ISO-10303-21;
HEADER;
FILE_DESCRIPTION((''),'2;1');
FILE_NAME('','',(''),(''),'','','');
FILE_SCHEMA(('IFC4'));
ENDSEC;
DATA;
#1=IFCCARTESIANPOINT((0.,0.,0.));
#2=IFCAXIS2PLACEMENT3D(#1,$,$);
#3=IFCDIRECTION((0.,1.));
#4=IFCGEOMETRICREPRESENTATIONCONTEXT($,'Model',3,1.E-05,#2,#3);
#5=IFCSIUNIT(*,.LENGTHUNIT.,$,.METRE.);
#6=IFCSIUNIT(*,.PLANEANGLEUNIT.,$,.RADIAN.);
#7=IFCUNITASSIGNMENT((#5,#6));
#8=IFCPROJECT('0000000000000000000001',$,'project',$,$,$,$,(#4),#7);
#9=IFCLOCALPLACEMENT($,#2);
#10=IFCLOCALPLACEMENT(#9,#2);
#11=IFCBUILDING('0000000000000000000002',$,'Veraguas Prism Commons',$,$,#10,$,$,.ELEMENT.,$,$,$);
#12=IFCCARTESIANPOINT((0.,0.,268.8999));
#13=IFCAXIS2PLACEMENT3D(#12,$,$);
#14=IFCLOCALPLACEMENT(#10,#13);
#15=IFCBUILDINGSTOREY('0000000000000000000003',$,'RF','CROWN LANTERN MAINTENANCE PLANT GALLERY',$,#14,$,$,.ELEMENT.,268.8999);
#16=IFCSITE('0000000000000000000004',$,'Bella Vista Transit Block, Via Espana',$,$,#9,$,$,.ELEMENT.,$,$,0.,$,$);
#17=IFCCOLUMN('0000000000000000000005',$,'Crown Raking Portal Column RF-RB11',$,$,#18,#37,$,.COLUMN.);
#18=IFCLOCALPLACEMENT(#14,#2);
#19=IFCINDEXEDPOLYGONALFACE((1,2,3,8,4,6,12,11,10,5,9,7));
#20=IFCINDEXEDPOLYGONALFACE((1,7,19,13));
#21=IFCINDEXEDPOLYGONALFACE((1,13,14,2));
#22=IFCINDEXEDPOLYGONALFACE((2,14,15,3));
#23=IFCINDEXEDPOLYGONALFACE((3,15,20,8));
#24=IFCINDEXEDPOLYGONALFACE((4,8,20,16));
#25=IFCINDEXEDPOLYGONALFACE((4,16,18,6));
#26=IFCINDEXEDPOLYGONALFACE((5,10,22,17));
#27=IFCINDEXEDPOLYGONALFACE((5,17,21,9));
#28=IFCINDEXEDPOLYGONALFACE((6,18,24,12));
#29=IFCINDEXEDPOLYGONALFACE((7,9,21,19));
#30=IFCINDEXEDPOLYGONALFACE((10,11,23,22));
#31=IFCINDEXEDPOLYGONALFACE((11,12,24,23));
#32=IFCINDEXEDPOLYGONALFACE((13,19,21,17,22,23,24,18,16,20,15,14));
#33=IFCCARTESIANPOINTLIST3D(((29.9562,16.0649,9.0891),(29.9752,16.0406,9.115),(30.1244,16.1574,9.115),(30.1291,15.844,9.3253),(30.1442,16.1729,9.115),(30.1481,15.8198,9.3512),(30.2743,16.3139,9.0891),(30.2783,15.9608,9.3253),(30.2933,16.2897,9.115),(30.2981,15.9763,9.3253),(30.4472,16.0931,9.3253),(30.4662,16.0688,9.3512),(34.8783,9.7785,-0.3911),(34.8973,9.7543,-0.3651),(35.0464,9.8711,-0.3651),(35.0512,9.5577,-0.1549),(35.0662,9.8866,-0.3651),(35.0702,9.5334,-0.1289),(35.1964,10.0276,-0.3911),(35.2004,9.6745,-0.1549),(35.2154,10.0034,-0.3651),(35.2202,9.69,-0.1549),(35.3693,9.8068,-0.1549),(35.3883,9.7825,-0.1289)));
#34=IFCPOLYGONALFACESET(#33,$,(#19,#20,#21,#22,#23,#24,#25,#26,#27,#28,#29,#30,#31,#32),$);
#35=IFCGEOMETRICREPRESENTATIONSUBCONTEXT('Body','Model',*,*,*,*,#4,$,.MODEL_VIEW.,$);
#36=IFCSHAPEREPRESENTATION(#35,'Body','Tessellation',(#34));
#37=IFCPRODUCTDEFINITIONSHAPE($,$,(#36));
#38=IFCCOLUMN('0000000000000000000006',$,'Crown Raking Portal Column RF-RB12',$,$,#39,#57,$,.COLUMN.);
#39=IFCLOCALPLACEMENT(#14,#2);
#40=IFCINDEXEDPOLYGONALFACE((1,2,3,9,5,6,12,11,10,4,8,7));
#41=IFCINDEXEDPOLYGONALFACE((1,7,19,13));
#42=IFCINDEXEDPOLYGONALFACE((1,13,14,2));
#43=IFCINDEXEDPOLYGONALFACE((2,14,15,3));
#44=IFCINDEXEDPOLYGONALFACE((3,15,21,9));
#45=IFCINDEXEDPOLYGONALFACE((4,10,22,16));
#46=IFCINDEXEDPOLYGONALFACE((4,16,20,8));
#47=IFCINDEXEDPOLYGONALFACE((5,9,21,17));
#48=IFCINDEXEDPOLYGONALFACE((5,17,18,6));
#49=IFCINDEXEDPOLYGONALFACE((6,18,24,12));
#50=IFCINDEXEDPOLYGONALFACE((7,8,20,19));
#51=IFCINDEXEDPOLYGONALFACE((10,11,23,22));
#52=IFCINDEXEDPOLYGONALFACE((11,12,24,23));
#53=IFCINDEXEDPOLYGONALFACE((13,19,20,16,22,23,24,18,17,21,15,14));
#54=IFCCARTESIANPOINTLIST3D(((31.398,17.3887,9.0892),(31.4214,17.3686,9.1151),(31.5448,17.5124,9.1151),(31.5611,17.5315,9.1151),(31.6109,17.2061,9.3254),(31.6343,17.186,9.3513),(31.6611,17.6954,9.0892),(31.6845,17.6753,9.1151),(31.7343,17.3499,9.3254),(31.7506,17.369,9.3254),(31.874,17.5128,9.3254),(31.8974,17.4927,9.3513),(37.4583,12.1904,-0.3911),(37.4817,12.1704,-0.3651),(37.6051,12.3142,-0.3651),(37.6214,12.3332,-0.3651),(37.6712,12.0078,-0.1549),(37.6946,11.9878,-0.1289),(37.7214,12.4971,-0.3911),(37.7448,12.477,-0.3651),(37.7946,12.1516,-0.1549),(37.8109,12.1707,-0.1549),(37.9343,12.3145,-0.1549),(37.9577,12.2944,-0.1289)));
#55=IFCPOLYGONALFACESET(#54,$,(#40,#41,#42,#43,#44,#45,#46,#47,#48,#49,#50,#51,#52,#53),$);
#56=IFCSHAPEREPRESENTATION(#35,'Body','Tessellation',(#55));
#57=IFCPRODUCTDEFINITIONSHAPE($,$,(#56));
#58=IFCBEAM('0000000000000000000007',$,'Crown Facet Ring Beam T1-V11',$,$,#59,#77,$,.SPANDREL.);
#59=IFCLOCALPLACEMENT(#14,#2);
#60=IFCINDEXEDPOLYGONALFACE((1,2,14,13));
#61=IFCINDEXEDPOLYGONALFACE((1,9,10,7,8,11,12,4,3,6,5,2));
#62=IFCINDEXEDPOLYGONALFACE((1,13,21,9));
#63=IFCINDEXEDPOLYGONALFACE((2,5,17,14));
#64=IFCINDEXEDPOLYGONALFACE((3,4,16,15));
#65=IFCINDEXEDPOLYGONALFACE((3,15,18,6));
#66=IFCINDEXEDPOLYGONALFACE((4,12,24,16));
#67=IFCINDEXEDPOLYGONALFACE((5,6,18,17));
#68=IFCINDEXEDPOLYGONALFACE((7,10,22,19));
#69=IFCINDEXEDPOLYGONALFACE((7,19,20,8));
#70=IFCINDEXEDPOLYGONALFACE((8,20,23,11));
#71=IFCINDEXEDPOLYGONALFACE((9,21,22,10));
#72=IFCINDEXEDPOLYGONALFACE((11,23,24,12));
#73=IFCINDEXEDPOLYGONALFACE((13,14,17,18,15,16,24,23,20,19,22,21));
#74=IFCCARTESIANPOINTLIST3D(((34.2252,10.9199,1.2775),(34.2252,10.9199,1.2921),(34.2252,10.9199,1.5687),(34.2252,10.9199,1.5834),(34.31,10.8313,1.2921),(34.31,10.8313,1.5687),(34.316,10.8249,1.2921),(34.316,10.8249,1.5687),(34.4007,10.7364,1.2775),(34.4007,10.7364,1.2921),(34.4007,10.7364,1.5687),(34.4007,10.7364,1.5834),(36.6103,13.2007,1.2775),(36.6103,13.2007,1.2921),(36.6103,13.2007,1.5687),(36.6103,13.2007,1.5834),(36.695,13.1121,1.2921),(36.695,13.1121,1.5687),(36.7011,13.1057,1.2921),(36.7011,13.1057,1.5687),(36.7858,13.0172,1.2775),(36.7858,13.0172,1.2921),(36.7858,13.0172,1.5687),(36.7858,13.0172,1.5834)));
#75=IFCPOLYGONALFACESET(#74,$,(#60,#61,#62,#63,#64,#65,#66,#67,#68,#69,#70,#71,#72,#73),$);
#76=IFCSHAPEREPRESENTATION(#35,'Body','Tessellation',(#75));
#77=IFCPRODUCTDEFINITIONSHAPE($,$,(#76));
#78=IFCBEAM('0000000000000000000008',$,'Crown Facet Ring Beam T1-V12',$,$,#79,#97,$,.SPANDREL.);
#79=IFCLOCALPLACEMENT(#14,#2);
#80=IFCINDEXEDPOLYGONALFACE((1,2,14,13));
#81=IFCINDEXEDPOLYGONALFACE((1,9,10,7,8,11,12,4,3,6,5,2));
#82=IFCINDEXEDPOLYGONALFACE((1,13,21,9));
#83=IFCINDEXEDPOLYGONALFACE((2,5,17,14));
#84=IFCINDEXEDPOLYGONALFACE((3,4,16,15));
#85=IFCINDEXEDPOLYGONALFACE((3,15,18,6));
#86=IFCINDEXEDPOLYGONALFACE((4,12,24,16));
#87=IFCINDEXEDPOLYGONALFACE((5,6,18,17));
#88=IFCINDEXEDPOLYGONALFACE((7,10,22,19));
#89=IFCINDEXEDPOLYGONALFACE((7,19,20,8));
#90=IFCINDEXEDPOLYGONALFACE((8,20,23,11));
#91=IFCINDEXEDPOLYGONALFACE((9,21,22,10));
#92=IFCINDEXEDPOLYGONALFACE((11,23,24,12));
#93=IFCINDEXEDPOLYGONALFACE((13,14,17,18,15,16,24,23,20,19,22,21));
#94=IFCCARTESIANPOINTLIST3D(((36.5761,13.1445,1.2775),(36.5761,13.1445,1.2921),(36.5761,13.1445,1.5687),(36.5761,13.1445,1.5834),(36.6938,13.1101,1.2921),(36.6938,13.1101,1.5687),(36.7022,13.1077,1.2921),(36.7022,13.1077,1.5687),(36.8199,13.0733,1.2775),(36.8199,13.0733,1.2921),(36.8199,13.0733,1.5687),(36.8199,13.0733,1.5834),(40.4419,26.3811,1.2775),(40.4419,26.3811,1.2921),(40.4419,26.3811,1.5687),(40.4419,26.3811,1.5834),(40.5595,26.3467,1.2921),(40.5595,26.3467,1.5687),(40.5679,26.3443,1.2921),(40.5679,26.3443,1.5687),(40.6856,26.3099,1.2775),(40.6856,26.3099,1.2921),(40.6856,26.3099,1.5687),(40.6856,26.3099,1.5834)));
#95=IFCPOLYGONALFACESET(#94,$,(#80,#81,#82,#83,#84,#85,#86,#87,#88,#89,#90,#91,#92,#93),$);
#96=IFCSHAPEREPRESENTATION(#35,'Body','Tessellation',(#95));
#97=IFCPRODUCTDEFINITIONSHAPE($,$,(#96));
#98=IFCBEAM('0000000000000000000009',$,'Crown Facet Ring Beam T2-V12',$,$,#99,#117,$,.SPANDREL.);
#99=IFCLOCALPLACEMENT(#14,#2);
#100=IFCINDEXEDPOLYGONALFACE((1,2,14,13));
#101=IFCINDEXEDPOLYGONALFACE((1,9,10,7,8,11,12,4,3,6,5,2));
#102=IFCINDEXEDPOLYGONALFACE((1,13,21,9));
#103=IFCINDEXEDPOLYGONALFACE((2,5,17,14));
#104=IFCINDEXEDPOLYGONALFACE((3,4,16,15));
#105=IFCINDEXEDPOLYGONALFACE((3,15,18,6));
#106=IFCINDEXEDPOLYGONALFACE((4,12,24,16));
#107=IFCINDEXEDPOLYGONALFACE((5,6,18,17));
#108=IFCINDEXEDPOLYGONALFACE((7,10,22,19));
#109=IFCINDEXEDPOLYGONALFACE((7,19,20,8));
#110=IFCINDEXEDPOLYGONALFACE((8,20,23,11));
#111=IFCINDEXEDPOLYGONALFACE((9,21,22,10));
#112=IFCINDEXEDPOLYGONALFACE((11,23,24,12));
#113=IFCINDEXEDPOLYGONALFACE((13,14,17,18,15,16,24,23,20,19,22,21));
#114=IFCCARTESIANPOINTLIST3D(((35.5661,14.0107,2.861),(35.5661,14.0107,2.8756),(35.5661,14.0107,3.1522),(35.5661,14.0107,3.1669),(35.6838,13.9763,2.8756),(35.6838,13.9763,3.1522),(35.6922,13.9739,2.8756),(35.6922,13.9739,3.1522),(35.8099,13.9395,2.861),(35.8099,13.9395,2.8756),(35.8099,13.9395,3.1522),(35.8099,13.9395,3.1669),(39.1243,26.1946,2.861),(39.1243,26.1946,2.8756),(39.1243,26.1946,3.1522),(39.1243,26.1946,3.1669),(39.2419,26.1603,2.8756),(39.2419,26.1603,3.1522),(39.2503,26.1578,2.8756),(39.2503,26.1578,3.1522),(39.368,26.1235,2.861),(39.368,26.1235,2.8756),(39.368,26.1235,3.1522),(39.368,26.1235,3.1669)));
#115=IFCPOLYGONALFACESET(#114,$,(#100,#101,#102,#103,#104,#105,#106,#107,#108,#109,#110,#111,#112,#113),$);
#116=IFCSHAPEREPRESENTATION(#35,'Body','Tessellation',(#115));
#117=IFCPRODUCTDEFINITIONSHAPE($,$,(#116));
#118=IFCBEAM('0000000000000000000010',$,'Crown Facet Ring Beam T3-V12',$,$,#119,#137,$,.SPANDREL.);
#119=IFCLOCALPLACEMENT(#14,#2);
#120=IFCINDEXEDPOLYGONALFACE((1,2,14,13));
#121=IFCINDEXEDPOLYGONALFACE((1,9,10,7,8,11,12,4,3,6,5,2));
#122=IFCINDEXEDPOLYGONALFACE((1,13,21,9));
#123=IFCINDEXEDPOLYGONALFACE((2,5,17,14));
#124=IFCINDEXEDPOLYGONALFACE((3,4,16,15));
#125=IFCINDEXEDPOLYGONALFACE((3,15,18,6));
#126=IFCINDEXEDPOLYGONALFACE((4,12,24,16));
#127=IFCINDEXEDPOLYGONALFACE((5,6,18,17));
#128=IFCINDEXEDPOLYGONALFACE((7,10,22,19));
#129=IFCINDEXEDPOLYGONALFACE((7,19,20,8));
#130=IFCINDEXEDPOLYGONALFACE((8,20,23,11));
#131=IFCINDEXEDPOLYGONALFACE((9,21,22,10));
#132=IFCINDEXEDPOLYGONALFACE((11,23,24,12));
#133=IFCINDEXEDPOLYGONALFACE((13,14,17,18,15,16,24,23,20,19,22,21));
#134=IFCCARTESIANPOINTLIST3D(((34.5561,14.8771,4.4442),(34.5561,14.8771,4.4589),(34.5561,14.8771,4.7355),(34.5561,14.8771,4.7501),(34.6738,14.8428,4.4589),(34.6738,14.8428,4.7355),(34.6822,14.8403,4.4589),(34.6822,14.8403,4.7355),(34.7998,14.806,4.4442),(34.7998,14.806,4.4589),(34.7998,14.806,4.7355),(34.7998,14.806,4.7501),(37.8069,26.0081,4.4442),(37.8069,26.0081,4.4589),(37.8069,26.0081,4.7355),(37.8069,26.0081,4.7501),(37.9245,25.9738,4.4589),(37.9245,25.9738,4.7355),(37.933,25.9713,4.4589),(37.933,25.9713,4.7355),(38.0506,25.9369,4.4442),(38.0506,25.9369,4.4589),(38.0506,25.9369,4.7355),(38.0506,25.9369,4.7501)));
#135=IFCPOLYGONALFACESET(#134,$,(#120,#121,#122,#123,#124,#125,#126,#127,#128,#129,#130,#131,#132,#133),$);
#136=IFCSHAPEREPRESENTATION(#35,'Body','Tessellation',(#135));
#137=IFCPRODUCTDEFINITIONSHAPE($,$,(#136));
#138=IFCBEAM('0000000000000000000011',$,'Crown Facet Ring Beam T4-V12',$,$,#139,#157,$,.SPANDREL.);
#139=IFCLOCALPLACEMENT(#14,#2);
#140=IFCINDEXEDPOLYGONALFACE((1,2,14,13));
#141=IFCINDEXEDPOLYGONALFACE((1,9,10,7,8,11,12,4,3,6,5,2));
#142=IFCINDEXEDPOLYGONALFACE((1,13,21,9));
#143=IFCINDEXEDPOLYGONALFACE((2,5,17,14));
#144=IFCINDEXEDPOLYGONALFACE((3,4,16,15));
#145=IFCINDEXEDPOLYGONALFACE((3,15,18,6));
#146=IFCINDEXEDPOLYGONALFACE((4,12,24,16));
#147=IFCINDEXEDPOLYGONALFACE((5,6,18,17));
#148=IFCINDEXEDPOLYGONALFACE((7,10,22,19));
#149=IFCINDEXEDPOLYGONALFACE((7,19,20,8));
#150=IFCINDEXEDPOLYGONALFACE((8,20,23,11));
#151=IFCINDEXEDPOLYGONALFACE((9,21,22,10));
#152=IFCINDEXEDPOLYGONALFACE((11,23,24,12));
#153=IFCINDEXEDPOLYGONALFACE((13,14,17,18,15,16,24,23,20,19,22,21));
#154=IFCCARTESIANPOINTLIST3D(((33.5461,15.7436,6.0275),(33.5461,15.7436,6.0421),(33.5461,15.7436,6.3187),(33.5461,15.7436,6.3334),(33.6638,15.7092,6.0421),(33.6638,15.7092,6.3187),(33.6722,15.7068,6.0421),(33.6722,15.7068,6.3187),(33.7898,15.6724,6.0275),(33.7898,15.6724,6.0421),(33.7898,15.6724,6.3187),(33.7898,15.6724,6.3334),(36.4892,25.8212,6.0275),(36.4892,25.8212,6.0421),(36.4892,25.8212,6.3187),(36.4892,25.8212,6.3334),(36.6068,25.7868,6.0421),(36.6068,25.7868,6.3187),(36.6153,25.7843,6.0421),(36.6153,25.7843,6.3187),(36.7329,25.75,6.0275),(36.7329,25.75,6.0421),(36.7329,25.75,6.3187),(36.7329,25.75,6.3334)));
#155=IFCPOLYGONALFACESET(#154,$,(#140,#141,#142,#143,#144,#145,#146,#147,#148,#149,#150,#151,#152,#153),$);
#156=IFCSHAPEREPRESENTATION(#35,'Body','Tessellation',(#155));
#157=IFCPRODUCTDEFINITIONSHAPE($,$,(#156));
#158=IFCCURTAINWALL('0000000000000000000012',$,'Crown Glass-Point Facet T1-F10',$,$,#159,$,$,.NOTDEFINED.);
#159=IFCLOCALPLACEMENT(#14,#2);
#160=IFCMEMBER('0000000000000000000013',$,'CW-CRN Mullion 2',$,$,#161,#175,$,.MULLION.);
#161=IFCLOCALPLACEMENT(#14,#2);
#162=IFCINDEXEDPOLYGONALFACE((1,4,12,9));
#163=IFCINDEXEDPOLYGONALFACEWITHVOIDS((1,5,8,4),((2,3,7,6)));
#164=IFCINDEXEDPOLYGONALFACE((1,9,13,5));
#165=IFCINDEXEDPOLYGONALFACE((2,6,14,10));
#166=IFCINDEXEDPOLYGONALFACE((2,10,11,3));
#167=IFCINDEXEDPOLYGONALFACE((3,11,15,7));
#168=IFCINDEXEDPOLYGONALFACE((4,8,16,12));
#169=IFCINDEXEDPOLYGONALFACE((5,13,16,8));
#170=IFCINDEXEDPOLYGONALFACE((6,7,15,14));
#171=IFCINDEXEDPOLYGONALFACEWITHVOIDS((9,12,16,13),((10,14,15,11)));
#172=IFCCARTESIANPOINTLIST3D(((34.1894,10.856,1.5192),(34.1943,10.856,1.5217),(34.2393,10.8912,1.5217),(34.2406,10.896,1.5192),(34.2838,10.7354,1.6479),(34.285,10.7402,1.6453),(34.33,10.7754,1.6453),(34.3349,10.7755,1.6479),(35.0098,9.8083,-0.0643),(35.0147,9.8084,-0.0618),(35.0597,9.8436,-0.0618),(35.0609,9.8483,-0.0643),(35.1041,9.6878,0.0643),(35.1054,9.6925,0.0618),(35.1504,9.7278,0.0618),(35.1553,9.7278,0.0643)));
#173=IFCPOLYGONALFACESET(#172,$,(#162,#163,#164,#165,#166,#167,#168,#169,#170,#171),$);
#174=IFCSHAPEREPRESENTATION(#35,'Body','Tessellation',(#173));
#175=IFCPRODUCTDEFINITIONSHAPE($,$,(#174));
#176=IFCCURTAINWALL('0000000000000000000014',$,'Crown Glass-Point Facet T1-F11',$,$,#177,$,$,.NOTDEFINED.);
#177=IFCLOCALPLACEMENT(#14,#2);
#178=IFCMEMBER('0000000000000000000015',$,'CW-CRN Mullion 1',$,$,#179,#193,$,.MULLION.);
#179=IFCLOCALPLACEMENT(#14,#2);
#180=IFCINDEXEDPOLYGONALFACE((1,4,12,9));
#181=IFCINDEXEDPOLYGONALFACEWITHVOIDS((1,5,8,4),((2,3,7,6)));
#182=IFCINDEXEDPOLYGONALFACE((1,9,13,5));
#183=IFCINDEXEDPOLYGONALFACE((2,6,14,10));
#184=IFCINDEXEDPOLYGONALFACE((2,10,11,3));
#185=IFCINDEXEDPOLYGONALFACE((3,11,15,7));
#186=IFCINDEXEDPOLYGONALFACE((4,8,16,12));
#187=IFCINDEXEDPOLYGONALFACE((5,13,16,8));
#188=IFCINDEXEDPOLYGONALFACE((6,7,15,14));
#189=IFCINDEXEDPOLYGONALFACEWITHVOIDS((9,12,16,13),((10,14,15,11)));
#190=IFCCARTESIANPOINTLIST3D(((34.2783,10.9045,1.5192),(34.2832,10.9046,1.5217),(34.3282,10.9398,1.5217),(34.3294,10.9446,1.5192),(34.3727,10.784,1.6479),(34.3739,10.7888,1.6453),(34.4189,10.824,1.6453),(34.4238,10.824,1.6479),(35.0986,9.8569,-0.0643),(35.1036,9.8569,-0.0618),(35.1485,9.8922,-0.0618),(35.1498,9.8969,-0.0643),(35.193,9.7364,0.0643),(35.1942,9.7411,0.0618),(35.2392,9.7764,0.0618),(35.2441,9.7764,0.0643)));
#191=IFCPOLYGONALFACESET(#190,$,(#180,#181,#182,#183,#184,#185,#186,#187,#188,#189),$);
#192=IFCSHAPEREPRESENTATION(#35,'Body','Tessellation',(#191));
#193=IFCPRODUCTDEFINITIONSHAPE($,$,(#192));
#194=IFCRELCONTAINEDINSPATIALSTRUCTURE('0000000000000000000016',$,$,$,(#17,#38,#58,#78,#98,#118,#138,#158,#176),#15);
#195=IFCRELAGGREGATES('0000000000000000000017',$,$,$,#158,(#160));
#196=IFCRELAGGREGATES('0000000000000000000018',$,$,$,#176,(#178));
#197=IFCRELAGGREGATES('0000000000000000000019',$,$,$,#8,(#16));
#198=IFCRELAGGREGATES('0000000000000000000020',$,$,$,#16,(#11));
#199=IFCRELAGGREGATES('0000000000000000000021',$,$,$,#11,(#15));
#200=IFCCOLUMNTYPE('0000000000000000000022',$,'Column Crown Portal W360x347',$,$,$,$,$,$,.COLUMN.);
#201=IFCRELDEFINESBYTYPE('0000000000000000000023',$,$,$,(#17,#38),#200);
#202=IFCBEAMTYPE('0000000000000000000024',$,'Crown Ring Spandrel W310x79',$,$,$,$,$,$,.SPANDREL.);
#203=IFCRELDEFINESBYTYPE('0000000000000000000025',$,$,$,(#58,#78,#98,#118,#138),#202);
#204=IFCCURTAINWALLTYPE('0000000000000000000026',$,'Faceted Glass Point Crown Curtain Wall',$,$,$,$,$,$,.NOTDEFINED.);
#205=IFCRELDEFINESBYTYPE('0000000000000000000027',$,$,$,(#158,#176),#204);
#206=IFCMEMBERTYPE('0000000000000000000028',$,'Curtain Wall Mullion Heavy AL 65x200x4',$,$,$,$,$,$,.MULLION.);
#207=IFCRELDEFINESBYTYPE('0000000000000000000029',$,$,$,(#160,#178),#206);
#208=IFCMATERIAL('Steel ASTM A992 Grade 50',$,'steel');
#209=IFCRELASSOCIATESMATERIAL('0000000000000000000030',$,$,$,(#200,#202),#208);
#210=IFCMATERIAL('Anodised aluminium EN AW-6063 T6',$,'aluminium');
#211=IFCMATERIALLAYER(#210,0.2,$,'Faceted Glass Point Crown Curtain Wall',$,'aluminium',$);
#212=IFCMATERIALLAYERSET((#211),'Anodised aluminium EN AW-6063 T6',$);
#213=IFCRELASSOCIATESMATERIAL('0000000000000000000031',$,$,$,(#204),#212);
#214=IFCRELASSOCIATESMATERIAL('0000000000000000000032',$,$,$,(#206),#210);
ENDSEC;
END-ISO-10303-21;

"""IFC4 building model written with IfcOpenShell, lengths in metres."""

from ifc_helpers import new_model, si_unit, direction, frame, origin, origin_2d, place, context, subcontext, project, spatial, hollow_rectangle, i_section, extrude, source, transform, mapped, material, layer, layer_set, material_profile, profile_set, type_object, element, aggregate, save


model = new_model("IFC4")

# Units and contexts
model_context = context("Model", 3, precision=1e-05, world=origin(), true_north=direction((0.0, 1.0)))
body_context = subcontext(model_context, "Body", "Model", "MODEL_VIEW")
ifc_project = project(units=[si_unit("LENGTHUNIT", "METRE"), si_unit("PLANEANGLEUNIT", "RADIAN")], contexts=[model_context])

# Site, building, storey
site_placement = place(None, origin())
site = spatial("IfcSite", under=ifc_project, at=site_placement, Name="Bella Vista Transit Block, Via Espana", CompositionType="ELEMENT", RefElevation=0.0)
building_placement = place(site_placement, origin())
building = spatial("IfcBuilding", under=site, at=building_placement, Name="Veraguas Prism Commons", CompositionType="ELEMENT")
storey_placement = place(building_placement, frame((0.0, 0.0, 268.8999)))
storey = spatial("IfcBuildingStorey", under=building, at=storey_placement, Name="RF", Description="CROWN LANTERN MAINTENANCE PLANT GALLERY", CompositionType="ELEMENT", Elevation=268.8999)

# Columns
ifc_material_1 = material(Name="Steel ASTM A992 Grade 50", Category="steel")
ifc_material_profile_1 = material_profile(ifc_material_1, i_section(OverallWidth=0.4041, OverallDepth=0.407, WebThickness=0.0251, FlangeThickness=0.0403, at=origin_2d()), Name="W360X347")
ifc_profile_set_1 = profile_set([ifc_material_profile_1], Name="Steel ASTM A992 Grade 50")
column_type = type_object("IfcColumnType", Name="Column Crown Portal W360x347", PredefinedType="COLUMN", material=ifc_profile_set_1)
column_1_placement = place(storey_placement, frame((35.1333, 9.7805, -0.26), z_axis=(-0.397125, 0.507196, 0.764881), x_axis=(-0.787362, -0.61649, 0.0)))
element("IfcColumn", 1, at=column_1_placement, inside=storey, type_object=column_type, Name="Crown Raking Portal Column RF-RB11", PredefinedType="COLUMN", context=body_context, shape_type="SweptSolid", body=[
    extrude(i_section(OverallWidth=0.4041, OverallDepth=0.407, WebThickness=0.0251, FlangeThickness=0.0403, at=origin_2d()), origin(), (0.0, 0.0, 1.0), 12.3943),
])
column_2_placement = place(storey_placement, frame((37.708, 12.2424, -0.26), z_axis=(-0.488951, 0.419399, 0.764873), x_axis=(-0.651058, -0.759028, 0.0)))
element("IfcColumn", 2, at=column_2_placement, inside=storey, type_object=column_type, Name="Crown Raking Portal Column RF-RB12", PredefinedType="COLUMN", context=body_context, shape_type="SweptSolid", body=[
    extrude(i_section(OverallWidth=0.4041, OverallDepth=0.407, WebThickness=0.0251, FlangeThickness=0.0403, at=origin_2d()), origin(), (0.0, 0.0, 1.0), 12.3945),
])

# Beams
ifc_material_profile_2 = material_profile(ifc_material_1, i_section(OverallWidth=0.2539, OverallDepth=0.3059, WebThickness=0.0088, FlangeThickness=0.0146, at=origin_2d()), Name="W310X79")
ifc_profile_set_2 = profile_set([ifc_material_profile_2], Name="Steel ASTM A992 Grade 50")
beam_type = type_object("IfcBeamType", Name="Crown Ring Spandrel W310x79", PredefinedType="SPANDREL", material=ifc_profile_set_2)
beam_1_placement = place(storey_placement, frame((34.313, 10.8281, 1.4304), z_axis=(0.722725, 0.691135, 0.0), x_axis=(-0.691135, 0.722725, 0.0)))
element("IfcBeam", 3, at=beam_1_placement, inside=storey, type_object=beam_type, Name="Crown Facet Ring Beam T1-V11", PredefinedType="SPANDREL", context=body_context, shape_type="SweptSolid", body=[
    extrude(i_section(OverallWidth=0.2539, OverallDepth=0.3059, WebThickness=0.0088, FlangeThickness=0.0146, at=origin_2d()), origin(), (0.0, 0.0, 1.0), 3.3),
])
beam_2_placement = place(storey_placement, frame((36.698, 13.1089, 1.4304), z_axis=(0.280338, 0.959901, 0.0), x_axis=(-0.959901, 0.280338, 0.0)))
element("IfcBeam", 4, at=beam_2_placement, inside=storey, type_object=beam_type, Name="Crown Facet Ring Beam T1-V12", PredefinedType="SPANDREL", context=body_context, shape_type="SweptSolid", body=[
    extrude(i_section(OverallWidth=0.2539, OverallDepth=0.3059, WebThickness=0.0088, FlangeThickness=0.0146, at=origin_2d()), origin(), (0.0, 0.0, 1.0), 13.7896),
])
beam_3_placement = place(storey_placement, frame((35.688, 13.9751, 3.0139), z_axis=(0.280326, 0.959905, 0.0), x_axis=(-0.959905, 0.280326, 0.0)))
element("IfcBeam", 5, at=beam_3_placement, inside=storey, type_object=beam_type, Name="Crown Facet Ring Beam T2-V12", PredefinedType="SPANDREL", context=body_context, shape_type="SweptSolid", body=[
    extrude(i_section(OverallWidth=0.2539, OverallDepth=0.3059, WebThickness=0.0088, FlangeThickness=0.0146, at=origin_2d()), origin(), (0.0, 0.0, 1.0), 12.6929),
])
beam_4_placement = place(storey_placement, frame((34.678, 14.8416, 4.5972), z_axis=(0.280336, 0.959902, 0.0), x_axis=(-0.959902, 0.280336, 0.0)))
element("IfcBeam", 6, at=beam_4_placement, inside=storey, type_object=beam_type, Name="Crown Facet Ring Beam T3-V12", PredefinedType="SPANDREL", context=body_context, shape_type="SweptSolid", body=[
    extrude(i_section(OverallWidth=0.2539, OverallDepth=0.3059, WebThickness=0.0088, FlangeThickness=0.0146, at=origin_2d()), origin(), (0.0, 0.0, 1.0), 11.5959),
])
beam_5_placement = place(storey_placement, frame((33.668, 15.708, 6.1804), z_axis=(0.280334, 0.959903, 0.0), x_axis=(-0.959903, 0.280334, 0.0)))
element("IfcBeam", 7, at=beam_5_placement, inside=storey, type_object=beam_type, Name="Crown Facet Ring Beam T4-V12", PredefinedType="SPANDREL", context=body_context, shape_type="SweptSolid", body=[
    extrude(i_section(OverallWidth=0.2539, OverallDepth=0.3059, WebThickness=0.0088, FlangeThickness=0.0146, at=origin_2d()), origin(), (0.0, 0.0, 1.0), 10.4985),
])

# Curtain wall, member
ifc_material_2 = material(Name="Anodised aluminium EN AW-6063 T6", Category="aluminium")
ifc_layer_1 = layer(ifc_material_2, 0.2, Name="Faceted Glass Point Crown Curtain Wall", Category="aluminium")
ifc_layer_set_1 = layer_set([ifc_layer_1], Name="Anodised aluminium EN AW-6063 T6")
curtain_wall_type = type_object("IfcCurtainWallType", Name="Faceted Glass Point Crown Curtain Wall", PredefinedType="NOTDEFINED", material=ifc_layer_set_1)
curtain_wall_1_placement = place(storey_placement, origin())
curtain_wall_1 = element("IfcCurtainWall", 8, at=curtain_wall_1_placement, inside=storey, type_object=curtain_wall_type, Name="Crown Glass-Point Facet T1-F10", PredefinedType="NOTDEFINED")
ifc_material_profile_3 = material_profile(ifc_material_2, hollow_rectangle(XDim=0.0649, YDim=0.2, WallThickness=0.0039, at=origin_2d()), Name="AL65X200X4")
ifc_profile_set_3 = profile_set([ifc_material_profile_3], Name="Anodised aluminium EN AW-6063 T6")
member_type_1 = type_object("IfcMemberType", Name="Curtain Wall Mullion Heavy AL 65x200x4", PredefinedType="MULLION", material=ifc_profile_set_3)
shared_shape_1 = source(origin(), body_context, "Body", "SweptSolid", [
    extrude(hollow_rectangle(XDim=0.0649, YDim=0.2, WallThickness=0.0039, at=origin_2d()), origin(), (0.0, 0.0, 1.0), 2.0684),
])
member_1_placement = place(storey_placement, frame((35.0825, 9.7681, 0.0), z_axis=(-0.396612, 0.506507, 0.765604), x_axis=(-0.787342, -0.616516, 0.0)))
member_1 = element("IfcMember", 9, at=member_1_placement, type_object=member_type_1, Name="CW-CRN Mullion 2", PredefinedType="MULLION", context=body_context, shape_type="MappedRepresentation", body=[
    mapped(shared_shape_1, transform((0.0, 0.0, 0.0), scale=1.0)),
])
aggregate(curtain_wall_1, [member_1])

# Curtain wall, member
curtain_wall_2_placement = place(storey_placement, origin())
curtain_wall_2 = element("IfcCurtainWall", 10, at=curtain_wall_2_placement, inside=storey, type_object=curtain_wall_type, Name="Crown Glass-Point Facet T1-F11", PredefinedType="NOTDEFINED")
member_2_placement = place(storey_placement, frame((35.1714, 9.8167, 0.0), z_axis=(-0.396612, 0.506507, 0.765604), x_axis=(-0.787342, -0.616516, 0.0)))
member_2 = element("IfcMember", 11, at=member_2_placement, type_object=member_type_1, Name="CW-CRN Mullion 1", PredefinedType="MULLION", context=body_context, shape_type="MappedRepresentation", body=[
    mapped(shared_shape_1, transform((0.0, 0.0, 0.0), scale=1.0)),
])

aggregate(curtain_wall_2, [member_2])

save(model, "model.ifc")
